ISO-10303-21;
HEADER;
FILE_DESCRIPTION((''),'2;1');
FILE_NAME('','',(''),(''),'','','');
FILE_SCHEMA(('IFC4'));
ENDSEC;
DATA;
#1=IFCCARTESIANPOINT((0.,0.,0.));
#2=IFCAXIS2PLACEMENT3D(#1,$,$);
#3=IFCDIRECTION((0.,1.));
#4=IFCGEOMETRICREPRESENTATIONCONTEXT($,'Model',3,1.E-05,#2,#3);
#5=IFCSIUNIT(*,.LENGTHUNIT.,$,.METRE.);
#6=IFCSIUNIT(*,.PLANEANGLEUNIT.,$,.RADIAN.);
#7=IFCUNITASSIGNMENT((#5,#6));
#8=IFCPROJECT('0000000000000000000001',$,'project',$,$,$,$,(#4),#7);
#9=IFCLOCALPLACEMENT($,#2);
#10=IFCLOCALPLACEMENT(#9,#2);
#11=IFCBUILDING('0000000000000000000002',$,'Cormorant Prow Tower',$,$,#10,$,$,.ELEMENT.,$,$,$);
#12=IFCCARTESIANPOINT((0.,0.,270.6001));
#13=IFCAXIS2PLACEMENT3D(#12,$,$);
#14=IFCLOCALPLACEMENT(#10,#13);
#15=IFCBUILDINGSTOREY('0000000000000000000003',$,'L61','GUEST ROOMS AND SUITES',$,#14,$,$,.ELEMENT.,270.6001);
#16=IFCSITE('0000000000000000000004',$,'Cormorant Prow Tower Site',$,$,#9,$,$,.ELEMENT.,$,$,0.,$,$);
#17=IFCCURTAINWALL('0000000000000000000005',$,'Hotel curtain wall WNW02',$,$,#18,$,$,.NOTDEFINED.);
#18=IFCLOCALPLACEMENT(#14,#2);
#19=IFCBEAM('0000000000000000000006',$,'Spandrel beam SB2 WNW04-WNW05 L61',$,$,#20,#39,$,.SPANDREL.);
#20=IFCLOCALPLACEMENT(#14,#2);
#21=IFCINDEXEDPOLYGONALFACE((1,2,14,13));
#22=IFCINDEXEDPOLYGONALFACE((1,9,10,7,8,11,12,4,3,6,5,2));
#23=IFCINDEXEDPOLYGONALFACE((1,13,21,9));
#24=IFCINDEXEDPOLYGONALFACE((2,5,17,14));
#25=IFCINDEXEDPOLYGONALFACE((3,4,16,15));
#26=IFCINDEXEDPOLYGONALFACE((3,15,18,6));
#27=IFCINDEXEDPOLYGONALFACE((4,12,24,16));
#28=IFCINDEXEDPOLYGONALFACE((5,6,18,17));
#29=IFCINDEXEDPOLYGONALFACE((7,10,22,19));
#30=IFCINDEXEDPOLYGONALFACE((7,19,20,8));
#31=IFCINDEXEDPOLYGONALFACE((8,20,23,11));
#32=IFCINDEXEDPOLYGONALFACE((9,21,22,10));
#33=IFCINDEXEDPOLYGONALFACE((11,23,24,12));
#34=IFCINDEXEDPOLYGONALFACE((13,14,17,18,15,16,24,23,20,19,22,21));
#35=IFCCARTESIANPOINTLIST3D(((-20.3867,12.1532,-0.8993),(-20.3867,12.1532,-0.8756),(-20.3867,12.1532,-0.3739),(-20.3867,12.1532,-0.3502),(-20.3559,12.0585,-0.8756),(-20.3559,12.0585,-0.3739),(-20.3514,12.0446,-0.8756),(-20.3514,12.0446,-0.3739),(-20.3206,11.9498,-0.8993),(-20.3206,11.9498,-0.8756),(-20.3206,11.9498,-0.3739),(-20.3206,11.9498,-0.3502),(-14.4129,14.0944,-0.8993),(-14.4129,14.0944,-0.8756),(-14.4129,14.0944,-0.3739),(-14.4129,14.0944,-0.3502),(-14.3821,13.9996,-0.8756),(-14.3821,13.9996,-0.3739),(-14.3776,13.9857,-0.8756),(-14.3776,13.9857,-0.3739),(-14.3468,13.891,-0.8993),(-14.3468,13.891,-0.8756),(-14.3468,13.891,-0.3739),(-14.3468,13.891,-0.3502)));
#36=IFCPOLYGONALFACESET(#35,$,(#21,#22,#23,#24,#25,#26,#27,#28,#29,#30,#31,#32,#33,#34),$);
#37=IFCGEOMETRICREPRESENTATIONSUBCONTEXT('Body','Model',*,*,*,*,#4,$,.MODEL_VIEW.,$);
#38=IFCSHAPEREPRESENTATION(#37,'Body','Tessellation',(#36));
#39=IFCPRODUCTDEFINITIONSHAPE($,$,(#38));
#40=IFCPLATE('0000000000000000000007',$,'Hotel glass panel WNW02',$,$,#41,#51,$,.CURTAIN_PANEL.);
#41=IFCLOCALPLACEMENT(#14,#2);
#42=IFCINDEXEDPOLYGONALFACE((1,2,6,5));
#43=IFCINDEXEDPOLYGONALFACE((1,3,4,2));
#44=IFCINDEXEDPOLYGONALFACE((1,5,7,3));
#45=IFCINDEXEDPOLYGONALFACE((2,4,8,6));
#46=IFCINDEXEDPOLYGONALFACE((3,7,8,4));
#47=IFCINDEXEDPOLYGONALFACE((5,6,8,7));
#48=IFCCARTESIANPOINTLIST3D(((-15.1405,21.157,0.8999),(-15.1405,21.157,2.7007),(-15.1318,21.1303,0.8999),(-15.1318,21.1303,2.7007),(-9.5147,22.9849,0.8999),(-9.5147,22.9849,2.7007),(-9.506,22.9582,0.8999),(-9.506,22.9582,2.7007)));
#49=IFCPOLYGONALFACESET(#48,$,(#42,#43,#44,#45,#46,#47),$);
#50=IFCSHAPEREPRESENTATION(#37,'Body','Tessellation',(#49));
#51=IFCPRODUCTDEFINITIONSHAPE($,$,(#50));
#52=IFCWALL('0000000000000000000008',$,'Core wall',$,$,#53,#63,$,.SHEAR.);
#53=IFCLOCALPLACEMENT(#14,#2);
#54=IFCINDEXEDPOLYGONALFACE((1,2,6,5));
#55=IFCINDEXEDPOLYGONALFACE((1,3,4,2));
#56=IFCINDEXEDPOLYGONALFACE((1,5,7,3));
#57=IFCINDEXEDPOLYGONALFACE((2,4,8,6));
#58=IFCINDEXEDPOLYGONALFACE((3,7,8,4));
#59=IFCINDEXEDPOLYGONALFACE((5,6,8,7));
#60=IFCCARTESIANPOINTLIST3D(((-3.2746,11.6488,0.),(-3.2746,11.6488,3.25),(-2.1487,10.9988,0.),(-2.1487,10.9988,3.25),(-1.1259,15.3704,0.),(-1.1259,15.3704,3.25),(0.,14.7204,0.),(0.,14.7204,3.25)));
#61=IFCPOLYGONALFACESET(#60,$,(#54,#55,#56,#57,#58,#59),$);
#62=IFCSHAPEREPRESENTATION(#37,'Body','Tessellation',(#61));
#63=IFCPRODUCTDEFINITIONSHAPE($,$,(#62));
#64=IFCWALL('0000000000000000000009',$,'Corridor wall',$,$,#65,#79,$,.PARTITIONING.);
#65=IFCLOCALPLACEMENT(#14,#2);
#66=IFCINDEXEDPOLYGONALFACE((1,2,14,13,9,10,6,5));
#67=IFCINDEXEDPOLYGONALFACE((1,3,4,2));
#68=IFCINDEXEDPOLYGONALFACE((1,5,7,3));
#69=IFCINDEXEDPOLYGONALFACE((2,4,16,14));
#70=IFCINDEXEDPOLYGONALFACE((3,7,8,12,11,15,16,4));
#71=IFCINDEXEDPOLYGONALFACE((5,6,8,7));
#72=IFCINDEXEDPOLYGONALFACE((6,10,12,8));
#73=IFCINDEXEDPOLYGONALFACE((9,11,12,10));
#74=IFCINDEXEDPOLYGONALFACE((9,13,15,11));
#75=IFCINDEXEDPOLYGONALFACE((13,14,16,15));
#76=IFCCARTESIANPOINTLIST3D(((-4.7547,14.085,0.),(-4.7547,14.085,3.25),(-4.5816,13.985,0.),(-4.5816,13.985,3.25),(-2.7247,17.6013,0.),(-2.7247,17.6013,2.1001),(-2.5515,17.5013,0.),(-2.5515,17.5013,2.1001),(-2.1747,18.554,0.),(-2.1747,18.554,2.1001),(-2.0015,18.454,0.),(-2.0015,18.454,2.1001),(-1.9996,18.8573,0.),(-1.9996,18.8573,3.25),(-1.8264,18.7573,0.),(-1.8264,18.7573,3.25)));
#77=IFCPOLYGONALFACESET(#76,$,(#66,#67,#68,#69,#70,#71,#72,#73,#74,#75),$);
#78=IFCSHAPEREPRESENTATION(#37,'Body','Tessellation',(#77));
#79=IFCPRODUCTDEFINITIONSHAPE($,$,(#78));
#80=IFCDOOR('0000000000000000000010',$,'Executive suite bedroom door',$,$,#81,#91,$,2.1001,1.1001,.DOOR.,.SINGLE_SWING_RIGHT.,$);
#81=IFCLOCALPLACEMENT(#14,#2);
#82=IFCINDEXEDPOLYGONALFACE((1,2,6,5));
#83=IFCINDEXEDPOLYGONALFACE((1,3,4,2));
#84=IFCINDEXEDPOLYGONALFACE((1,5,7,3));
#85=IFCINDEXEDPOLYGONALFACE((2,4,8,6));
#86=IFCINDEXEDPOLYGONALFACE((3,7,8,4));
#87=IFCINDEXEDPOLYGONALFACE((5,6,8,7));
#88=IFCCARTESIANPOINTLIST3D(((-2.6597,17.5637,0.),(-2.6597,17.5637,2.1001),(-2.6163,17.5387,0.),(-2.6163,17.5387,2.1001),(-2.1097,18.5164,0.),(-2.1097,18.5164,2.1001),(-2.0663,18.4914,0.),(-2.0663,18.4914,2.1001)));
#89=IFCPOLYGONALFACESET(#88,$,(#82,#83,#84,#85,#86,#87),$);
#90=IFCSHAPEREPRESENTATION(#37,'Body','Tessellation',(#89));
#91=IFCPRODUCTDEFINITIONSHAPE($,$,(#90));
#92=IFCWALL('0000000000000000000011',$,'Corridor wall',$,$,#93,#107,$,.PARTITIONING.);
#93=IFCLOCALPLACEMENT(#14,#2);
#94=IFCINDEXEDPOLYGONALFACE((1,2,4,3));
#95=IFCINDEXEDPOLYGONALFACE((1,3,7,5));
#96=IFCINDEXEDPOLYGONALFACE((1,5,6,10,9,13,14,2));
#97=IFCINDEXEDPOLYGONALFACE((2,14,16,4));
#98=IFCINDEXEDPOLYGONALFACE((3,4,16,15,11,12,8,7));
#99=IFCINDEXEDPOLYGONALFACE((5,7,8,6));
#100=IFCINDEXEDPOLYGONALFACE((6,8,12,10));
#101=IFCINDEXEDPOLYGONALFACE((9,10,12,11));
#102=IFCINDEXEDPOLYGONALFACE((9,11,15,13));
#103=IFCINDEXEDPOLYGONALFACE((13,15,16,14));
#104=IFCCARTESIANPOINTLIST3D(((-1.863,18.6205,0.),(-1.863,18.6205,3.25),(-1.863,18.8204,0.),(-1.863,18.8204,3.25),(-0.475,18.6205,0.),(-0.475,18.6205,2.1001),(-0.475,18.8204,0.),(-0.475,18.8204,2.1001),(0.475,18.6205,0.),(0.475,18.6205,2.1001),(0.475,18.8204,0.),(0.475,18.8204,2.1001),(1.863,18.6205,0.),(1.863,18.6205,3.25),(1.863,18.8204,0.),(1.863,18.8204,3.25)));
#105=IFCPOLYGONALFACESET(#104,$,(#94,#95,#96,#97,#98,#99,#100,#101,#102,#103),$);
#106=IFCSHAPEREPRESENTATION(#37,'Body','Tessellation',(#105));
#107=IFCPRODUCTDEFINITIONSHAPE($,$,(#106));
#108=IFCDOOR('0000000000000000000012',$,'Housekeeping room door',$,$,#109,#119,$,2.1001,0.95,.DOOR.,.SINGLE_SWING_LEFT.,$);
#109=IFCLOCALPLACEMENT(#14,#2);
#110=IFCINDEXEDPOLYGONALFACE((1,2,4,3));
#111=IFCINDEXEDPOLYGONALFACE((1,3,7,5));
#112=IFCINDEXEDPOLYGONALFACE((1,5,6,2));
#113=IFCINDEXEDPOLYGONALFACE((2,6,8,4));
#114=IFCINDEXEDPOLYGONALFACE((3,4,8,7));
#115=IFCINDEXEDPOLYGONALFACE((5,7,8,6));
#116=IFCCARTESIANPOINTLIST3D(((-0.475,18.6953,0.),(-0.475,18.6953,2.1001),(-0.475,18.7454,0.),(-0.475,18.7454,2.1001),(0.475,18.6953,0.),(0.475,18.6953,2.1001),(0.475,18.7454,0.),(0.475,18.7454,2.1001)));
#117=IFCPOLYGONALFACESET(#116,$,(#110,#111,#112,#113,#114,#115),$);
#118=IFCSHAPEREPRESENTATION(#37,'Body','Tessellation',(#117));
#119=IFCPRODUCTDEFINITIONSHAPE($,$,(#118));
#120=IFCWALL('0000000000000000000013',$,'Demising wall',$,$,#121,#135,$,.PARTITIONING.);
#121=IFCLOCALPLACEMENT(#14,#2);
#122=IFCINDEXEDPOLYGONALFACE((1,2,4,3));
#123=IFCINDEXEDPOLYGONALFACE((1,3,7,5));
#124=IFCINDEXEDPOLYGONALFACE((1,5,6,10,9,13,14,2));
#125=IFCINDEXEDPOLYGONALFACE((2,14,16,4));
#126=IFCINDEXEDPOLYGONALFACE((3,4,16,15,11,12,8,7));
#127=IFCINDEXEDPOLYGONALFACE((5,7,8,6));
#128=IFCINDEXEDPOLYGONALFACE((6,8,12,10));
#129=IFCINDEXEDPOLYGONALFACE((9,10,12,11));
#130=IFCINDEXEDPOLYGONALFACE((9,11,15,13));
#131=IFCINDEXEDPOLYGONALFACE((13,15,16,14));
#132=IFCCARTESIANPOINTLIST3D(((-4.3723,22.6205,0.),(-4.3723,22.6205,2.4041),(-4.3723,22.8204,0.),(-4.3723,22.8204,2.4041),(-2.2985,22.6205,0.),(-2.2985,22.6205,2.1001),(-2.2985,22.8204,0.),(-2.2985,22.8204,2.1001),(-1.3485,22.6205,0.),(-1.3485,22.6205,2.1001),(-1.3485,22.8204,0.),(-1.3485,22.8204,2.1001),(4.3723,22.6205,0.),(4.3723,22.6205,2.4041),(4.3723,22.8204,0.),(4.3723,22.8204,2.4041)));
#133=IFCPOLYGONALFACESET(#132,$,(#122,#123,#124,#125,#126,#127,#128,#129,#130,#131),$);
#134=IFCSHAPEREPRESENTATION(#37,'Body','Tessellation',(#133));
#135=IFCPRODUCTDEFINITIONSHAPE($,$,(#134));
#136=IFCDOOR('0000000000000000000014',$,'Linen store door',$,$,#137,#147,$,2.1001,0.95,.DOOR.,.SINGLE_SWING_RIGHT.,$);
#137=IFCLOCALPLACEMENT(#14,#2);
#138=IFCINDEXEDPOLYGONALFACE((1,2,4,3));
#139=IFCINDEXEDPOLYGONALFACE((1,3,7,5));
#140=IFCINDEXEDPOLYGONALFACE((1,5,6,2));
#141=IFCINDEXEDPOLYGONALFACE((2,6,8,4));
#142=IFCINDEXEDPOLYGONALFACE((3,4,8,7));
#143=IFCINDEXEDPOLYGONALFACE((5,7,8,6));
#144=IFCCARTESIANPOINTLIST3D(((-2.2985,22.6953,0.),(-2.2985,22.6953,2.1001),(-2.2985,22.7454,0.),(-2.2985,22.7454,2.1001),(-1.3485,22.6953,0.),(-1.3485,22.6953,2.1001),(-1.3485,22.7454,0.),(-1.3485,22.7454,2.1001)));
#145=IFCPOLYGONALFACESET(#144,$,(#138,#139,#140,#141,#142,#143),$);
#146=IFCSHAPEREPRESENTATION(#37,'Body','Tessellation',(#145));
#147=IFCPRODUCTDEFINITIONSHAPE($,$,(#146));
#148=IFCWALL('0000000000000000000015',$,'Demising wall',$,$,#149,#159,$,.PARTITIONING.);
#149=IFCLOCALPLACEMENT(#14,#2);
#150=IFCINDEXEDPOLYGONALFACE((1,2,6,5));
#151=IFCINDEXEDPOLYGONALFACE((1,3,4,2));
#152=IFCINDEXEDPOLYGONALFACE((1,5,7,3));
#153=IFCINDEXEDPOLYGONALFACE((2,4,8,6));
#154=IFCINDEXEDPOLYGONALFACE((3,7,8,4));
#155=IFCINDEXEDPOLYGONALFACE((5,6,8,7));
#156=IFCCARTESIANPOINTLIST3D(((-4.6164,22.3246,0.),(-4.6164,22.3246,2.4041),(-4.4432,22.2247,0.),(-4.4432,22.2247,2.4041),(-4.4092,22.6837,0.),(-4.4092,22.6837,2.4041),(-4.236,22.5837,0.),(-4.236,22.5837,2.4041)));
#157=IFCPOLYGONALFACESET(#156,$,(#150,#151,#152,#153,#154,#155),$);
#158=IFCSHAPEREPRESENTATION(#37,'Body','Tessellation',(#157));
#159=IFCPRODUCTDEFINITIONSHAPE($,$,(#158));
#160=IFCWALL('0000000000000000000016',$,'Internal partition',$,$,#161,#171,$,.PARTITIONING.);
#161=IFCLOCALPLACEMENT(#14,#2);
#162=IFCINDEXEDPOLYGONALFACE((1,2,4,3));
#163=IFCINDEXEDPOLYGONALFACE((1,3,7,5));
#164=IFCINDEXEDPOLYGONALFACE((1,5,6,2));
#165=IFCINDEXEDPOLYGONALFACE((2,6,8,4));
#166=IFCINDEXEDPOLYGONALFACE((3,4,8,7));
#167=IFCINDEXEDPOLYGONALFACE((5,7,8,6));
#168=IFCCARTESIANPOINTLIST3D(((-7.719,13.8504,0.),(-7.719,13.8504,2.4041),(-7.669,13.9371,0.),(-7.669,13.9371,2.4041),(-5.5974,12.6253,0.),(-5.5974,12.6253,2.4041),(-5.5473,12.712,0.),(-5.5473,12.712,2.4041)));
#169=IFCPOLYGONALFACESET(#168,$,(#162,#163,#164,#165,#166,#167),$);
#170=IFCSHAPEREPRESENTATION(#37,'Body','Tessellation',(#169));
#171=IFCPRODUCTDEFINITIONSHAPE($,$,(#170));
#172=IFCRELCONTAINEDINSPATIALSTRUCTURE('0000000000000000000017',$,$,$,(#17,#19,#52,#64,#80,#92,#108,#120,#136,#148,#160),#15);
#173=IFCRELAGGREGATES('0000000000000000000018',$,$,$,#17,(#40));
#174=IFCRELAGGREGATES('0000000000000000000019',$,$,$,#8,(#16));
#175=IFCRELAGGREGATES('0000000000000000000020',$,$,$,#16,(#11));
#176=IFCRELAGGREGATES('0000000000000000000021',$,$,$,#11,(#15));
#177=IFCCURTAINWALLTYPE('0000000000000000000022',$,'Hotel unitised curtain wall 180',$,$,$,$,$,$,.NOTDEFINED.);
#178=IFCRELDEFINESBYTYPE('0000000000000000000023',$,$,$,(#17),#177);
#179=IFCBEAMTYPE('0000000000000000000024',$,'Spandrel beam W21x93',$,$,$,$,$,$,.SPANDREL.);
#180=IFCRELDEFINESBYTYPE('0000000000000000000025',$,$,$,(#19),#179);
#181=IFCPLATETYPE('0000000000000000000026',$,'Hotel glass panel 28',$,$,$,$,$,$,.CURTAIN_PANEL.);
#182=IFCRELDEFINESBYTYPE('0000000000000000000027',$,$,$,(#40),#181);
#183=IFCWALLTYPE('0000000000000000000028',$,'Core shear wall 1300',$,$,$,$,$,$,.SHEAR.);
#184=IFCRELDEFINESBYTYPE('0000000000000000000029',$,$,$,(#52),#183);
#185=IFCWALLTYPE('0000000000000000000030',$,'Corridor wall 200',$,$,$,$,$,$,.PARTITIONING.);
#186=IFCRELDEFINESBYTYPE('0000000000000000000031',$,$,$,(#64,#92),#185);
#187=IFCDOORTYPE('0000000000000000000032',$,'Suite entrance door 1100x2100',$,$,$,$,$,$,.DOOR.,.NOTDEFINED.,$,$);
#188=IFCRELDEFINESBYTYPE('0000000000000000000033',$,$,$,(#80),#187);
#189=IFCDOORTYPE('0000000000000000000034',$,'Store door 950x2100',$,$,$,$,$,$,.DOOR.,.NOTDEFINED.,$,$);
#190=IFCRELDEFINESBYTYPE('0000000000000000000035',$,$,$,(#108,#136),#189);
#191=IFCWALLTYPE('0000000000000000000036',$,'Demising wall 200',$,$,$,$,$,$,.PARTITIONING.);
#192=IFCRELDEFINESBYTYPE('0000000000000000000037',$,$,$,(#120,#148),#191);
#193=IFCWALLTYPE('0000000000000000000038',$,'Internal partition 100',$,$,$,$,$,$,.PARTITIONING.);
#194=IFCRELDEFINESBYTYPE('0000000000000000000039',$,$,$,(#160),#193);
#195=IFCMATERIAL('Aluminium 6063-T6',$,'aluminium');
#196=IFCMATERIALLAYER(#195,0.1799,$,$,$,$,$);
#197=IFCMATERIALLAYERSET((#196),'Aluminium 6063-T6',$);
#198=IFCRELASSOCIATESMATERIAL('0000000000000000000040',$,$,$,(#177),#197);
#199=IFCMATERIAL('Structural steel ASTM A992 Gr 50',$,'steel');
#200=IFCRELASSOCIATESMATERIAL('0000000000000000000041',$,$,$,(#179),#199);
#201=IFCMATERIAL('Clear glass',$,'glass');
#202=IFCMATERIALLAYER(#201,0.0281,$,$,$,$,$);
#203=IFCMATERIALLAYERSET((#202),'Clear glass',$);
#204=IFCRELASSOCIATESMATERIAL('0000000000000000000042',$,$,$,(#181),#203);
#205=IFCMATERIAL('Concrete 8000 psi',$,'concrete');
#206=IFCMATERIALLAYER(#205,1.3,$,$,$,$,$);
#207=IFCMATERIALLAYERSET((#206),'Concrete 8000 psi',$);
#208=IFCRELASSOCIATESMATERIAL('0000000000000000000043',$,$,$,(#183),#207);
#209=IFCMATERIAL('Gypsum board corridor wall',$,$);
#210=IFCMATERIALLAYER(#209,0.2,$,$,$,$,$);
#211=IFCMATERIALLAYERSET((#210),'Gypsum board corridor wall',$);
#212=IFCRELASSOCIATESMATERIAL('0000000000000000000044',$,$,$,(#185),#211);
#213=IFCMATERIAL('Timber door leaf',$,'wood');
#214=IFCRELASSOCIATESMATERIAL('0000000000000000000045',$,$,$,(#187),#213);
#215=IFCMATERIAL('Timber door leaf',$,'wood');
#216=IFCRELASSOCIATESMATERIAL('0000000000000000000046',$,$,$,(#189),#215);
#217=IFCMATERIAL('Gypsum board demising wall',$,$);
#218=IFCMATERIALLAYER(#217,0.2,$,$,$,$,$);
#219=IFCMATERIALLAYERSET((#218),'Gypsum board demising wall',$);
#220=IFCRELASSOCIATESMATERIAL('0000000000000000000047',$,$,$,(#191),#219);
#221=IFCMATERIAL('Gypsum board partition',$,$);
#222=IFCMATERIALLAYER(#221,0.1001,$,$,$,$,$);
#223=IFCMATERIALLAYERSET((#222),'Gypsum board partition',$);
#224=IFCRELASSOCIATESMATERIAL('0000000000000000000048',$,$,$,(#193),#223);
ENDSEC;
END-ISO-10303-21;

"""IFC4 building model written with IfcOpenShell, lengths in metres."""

from ifc_helpers import new_model, si_unit, direction, frame, frame_2d, origin, origin_2d, place, context, subcontext, project, spatial, rectangle, i_section, extrude, material, layer, layer_set, material_profile, profile_set, type_object, element, fill, aggregate, save


model = new_model("IFC4")

# Units and contexts
model_context = context("Model", 3, precision=1e-05, world=origin(), true_north=direction((0.0, 1.0)))
body_context = subcontext(model_context, "Body", "Model", "MODEL_VIEW")
ifc_project = project(units=[si_unit("LENGTHUNIT", "METRE"), si_unit("PLANEANGLEUNIT", "RADIAN")], contexts=[model_context])

# Site, building, storey
site_placement = place(None, origin())
site = spatial("IfcSite", under=ifc_project, at=site_placement, Name="Cormorant Prow Tower Site", CompositionType="ELEMENT", RefElevation=0.0)
building_placement = place(site_placement, origin())
building = spatial("IfcBuilding", under=site, at=building_placement, Name="Cormorant Prow Tower", CompositionType="ELEMENT")
storey_placement = place(building_placement, frame((0.0, 0.0, 270.6001)))
storey = spatial("IfcBuildingStorey", under=building, at=storey_placement, Name="L61", Description="GUEST ROOMS AND SUITES", CompositionType="ELEMENT", Elevation=270.6001)

# Curtain wall
ifc_material_1 = material(Name="Aluminium 6063-T6", Category="aluminium")
ifc_layer_1 = layer(ifc_material_1, 0.1799)
ifc_layer_set_1 = layer_set([ifc_layer_1], Name="Aluminium 6063-T6")
curtain_wall_type = type_object("IfcCurtainWallType", Name="Hotel unitised curtain wall 180", PredefinedType="NOTDEFINED", material=ifc_layer_set_1)
curtain_wall_1_placement = place(storey_placement, origin())
curtain_wall_1 = element("IfcCurtainWall", 1, at=curtain_wall_1_placement, inside=storey, type_object=curtain_wall_type, Name="Hotel curtain wall WNW02", PredefinedType="NOTDEFINED")

# Beam
ifc_material_2 = material(Name="Structural steel ASTM A992 Gr 50", Category="steel")
ifc_material_profile_1 = material_profile(ifc_material_2, i_section(OverallWidth=0.2139, OverallDepth=0.5491, WebThickness=0.0146, FlangeThickness=0.0237, at=origin_2d()), Name="W21x93")
ifc_profile_set_1 = profile_set([ifc_material_profile_1], Name="Structural steel ASTM A992 Gr 50")
beam_type_1 = type_object("IfcBeamType", Name="Spandrel beam W21x93", PredefinedType="SPANDREL", material=ifc_profile_set_1)
beam_1_placement = place(storey_placement, frame((-14.3799, 13.9927, -0.6248), z_axis=(-0.95105, -0.309036, 0.0), x_axis=(0.309036, -0.95105, 0.0)))
element("IfcBeam", 2, at=beam_1_placement, inside=storey, type_object=beam_type_1, Name="Spandrel beam SB2 WNW04-WNW05 L61", PredefinedType="SPANDREL", context=body_context, shape_type="SweptSolid", body=[
    extrude(i_section(OverallWidth=0.2139, OverallDepth=0.5491, WebThickness=0.0146, FlangeThickness=0.0237, at=origin_2d()), origin(), (0.0, 0.0, 1.0), 6.2812),
])

# Plate
ifc_material_3 = material(Name="Clear glass", Category="glass")
ifc_layer_2 = layer(ifc_material_3, 0.0281)
ifc_layer_set_2 = layer_set([ifc_layer_2], Name="Clear glass")
plate_type = type_object("IfcPlateType", Name="Hotel glass panel 28", PredefinedType="CURTAIN_PANEL", material=ifc_layer_set_2)
plate_placement = place(storey_placement, frame((-12.3232, 22.0576, 0.8999), z_axis=(0.0, 0.0, 1.0), x_axis=(-0.951057, -0.309017, 0.0)))
plate = element("IfcPlate", 3, at=plate_placement, type_object=plate_type, Name="Hotel glass panel WNW02", PredefinedType="CURTAIN_PANEL", context=body_context, shape_type="SweptSolid", body=[
    extrude(rectangle(XDim=5.9153, YDim=0.0281, at=origin_2d()), origin(), (0.0, 0.0, 1.0), 1.8008),
])
aggregate(curtain_wall_1, [plate])

# Wall
ifc_material_4 = material(Name="Concrete 8000 psi", Category="concrete")
ifc_layer_3 = layer(ifc_material_4, 1.3)
ifc_layer_set_3 = layer_set([ifc_layer_3], Name="Concrete 8000 psi")
wall_type_1 = type_object("IfcWallType", Name="Core shear wall 1300", PredefinedType="SHEAR", material=ifc_layer_set_3)
wall_1_placement = place(storey_placement, frame((-0.563, 15.0454, 0.0), z_axis=(0.0, 0.0, 1.0), x_axis=(-0.499995, -0.866029, 0.0)))
element("IfcWall", 4, at=wall_1_placement, inside=storey, type_object=wall_type_1, Name="Core wall", PredefinedType="SHEAR", context=body_context, shape_type="SweptSolid", body=[
    extrude(rectangle(XDim=4.2974, YDim=1.3, at=frame_2d((2.1487, 0.0))), origin(), (0.0, 0.0, 1.0), 3.25),
])

# Walls, openings, doors
ifc_material_5 = material(Name="Gypsum board corridor wall")
ifc_layer_4 = layer(ifc_material_5, 0.2)
ifc_layer_set_4 = layer_set([ifc_layer_4], Name="Gypsum board corridor wall")
wall_type_2 = type_object("IfcWallType", Name="Corridor wall 200", PredefinedType="PARTITIONING", material=ifc_layer_set_4)
wall_2_placement = place(storey_placement, frame((-4.6682, 14.0349, 0.0), z_axis=(0.0, 0.0, 1.0), x_axis=(0.499985, 0.866034, 0.0)))
wall_2 = element("IfcWall", 5, at=wall_2_placement, inside=storey, type_object=wall_type_2, Name="Corridor wall", PredefinedType="PARTITIONING", context=body_context, shape_type="SweptSolid", body=[
    extrude(rectangle(XDim=5.5105, YDim=0.2, at=frame_2d((2.7554, 0.0))), origin(), (0.0, 0.0, 1.0), 3.25),
])
opening_1_placement = place(wall_2_placement, frame((4.0603, 0.0, 0.0)))
opening_1 = element("IfcOpeningElement", 6, at=opening_1_placement, cuts=wall_2, PredefinedType="OPENING", context=body_context, shape_type="SweptSolid", body=[
    extrude(rectangle(XDim=1.1001, YDim=2.1001, at=frame_2d((0.55, 1.05))), frame((0.0, 0.1099, 0.0), z_axis=(0.0, -1.0, 0.0), x_axis=(1.0, 0.0, 0.0)), (0.0, 0.0, 1.0), 0.22),
])
ifc_material_6 = material(Name="Timber door leaf", Category="wood")
door_type_1 = type_object("IfcDoorType", Name="Suite entrance door 1100x2100", OperationType="NOTDEFINED", PredefinedType="DOOR", material=ifc_material_6)
door_1_placement = place(opening_1_placement, origin())
door_1 = element("IfcDoor", 7, at=door_1_placement, inside=storey, type_object=door_type_1, Name="Executive suite bedroom door", OperationType="SINGLE_SWING_RIGHT", OverallHeight=2.1001, OverallWidth=1.1001, PredefinedType="DOOR", context=body_context, shape_type="SweptSolid", body=[
    extrude(rectangle(XDim=1.1001, YDim=2.1001, at=frame_2d((0.55, 1.05))), frame((0.0, 0.0249, 0.0), z_axis=(0.0, -1.0, 0.0), x_axis=(1.0, 0.0, 0.0)), (0.0, 0.0, 1.0), 0.05),
])
fill(opening_1, door_1)
wall_3_placement = place(storey_placement, frame((-1.863, 18.7205, 0.0), z_axis=(0.0, 0.0, 1.0), x_axis=(1.0, 0.0, 0.0)))
wall_3 = element("IfcWall", 8, at=wall_3_placement, inside=storey, type_object=wall_type_2, Name="Corridor wall", PredefinedType="PARTITIONING", context=body_context, shape_type="SweptSolid", body=[
    extrude(rectangle(XDim=3.7261, YDim=0.2, at=frame_2d((1.863, 0.0))), origin(), (0.0, 0.0, 1.0), 3.25),
])
opening_2_placement = place(wall_3_placement, frame((1.3879, 0.0, 0.0)))
opening_2 = element("IfcOpeningElement", 9, at=opening_2_placement, cuts=wall_3, PredefinedType="OPENING", context=body_context, shape_type="SweptSolid", body=[
    extrude(rectangle(XDim=0.95, YDim=2.1001, at=frame_2d((0.4751, 1.05))), frame((0.0, 0.1099, 0.0), z_axis=(0.0, -1.0, 0.0), x_axis=(1.0, 0.0, 0.0)), (0.0, 0.0, 1.0), 0.22),
])
ifc_material_7 = material(Name="Timber door leaf", Category="wood")
door_type_2 = type_object("IfcDoorType", Name="Store door 950x2100", OperationType="NOTDEFINED", PredefinedType="DOOR", material=ifc_material_7)
door_2_placement = place(opening_2_placement, origin())
door_2 = element("IfcDoor", 10, at=door_2_placement, inside=storey, type_object=door_type_2, Name="Housekeeping room door", OperationType="SINGLE_SWING_LEFT", OverallHeight=2.1001, OverallWidth=0.95, PredefinedType="DOOR", context=body_context, shape_type="SweptSolid", body=[
    extrude(rectangle(XDim=0.95, YDim=2.1001, at=frame_2d((0.4751, 1.05))), frame((0.0, 0.0249, 0.0), z_axis=(0.0, -1.0, 0.0), x_axis=(1.0, 0.0, 0.0)), (0.0, 0.0, 1.0), 0.05),
])
fill(opening_2, door_2)
ifc_material_8 = material(Name="Gypsum board demising wall")
ifc_layer_5 = layer(ifc_material_8, 0.2)
ifc_layer_set_5 = layer_set([ifc_layer_5], Name="Gypsum board demising wall")
wall_type_3 = type_object("IfcWallType", Name="Demising wall 200", PredefinedType="PARTITIONING", material=ifc_layer_set_5)
wall_4_placement = place(storey_placement, frame((-4.3723, 22.7205, 0.0), z_axis=(0.0, 0.0, 1.0), x_axis=(1.0, 0.0, 0.0)))
wall_4 = element("IfcWall", 11, at=wall_4_placement, inside=storey, type_object=wall_type_3, Name="Demising wall", PredefinedType="PARTITIONING", context=body_context, shape_type="SweptSolid", body=[
    extrude(rectangle(XDim=8.7446, YDim=0.2, at=frame_2d((4.3723, 0.0))), origin(), (0.0, 0.0, 1.0), 2.4041),
])
opening_3_placement = place(wall_4_placement, frame((2.0737, 0.0, 0.0)))
opening_3 = element("IfcOpeningElement", 12, at=opening_3_placement, cuts=wall_4, PredefinedType="OPENING", context=body_context, shape_type="SweptSolid", body=[
    extrude(rectangle(XDim=0.95, YDim=2.1001, at=frame_2d((0.4751, 1.05))), frame((0.0, 0.1099, 0.0), z_axis=(0.0, -1.0, 0.0), x_axis=(1.0, 0.0, 0.0)), (0.0, 0.0, 1.0), 0.22),
])
door_3_placement = place(opening_3_placement, origin())
door_3 = element("IfcDoor", 13, at=door_3_placement, inside=storey, type_object=door_type_2, Name="Linen store door", OperationType="SINGLE_SWING_RIGHT", OverallHeight=2.1001, OverallWidth=0.95, PredefinedType="DOOR", context=body_context, shape_type="SweptSolid", body=[
    extrude(rectangle(XDim=0.95, YDim=2.1001, at=frame_2d((0.4751, 1.05))), frame((0.0, 0.0249, 0.0), z_axis=(0.0, -1.0, 0.0), x_axis=(1.0, 0.0, 0.0)), (0.0, 0.0, 1.0), 0.05),
])
fill(opening_3, door_3)

# Walls
wall_5_placement = place(storey_placement, frame((-4.5298, 22.2747, 0.0), z_axis=(0.0, 0.0, 1.0), x_axis=(0.499875, 0.866097, 0.0)))
element("IfcWall", 14, at=wall_5_placement, inside=storey, type_object=wall_type_3, Name="Demising wall", PredefinedType="PARTITIONING", context=body_context, shape_type="SweptSolid", body=[
    extrude(rectangle(XDim=0.4146, YDim=0.2, at=frame_2d((0.2073, 0.0))), origin(), (0.0, 0.0, 1.0), 2.4041),
])
ifc_material_9 = material(Name="Gypsum board partition")
ifc_layer_6 = layer(ifc_material_9, 0.1001)
ifc_layer_set_6 = layer_set([ifc_layer_6], Name="Gypsum board partition")
wall_type_4 = type_object("IfcWallType", Name="Internal partition 100", PredefinedType="PARTITIONING", material=ifc_layer_set_6)
wall_6_placement = place(storey_placement, frame((-7.6941, 13.8938, 0.0), z_axis=(0.0, 0.0, 1.0), x_axis=(0.86599, -0.500062, 0.0)))
element("IfcWall", 15, at=wall_6_placement, inside=storey, type_object=wall_type_4, Name="Internal partition", PredefinedType="PARTITIONING", context=body_context, shape_type="SweptSolid", body=[
    extrude(rectangle(XDim=2.45, YDim=0.1001, at=frame_2d((1.2251, 0.0))), origin(), (0.0, 0.0, 1.0), 2.4041),
])

save(model, "model.ifc")
